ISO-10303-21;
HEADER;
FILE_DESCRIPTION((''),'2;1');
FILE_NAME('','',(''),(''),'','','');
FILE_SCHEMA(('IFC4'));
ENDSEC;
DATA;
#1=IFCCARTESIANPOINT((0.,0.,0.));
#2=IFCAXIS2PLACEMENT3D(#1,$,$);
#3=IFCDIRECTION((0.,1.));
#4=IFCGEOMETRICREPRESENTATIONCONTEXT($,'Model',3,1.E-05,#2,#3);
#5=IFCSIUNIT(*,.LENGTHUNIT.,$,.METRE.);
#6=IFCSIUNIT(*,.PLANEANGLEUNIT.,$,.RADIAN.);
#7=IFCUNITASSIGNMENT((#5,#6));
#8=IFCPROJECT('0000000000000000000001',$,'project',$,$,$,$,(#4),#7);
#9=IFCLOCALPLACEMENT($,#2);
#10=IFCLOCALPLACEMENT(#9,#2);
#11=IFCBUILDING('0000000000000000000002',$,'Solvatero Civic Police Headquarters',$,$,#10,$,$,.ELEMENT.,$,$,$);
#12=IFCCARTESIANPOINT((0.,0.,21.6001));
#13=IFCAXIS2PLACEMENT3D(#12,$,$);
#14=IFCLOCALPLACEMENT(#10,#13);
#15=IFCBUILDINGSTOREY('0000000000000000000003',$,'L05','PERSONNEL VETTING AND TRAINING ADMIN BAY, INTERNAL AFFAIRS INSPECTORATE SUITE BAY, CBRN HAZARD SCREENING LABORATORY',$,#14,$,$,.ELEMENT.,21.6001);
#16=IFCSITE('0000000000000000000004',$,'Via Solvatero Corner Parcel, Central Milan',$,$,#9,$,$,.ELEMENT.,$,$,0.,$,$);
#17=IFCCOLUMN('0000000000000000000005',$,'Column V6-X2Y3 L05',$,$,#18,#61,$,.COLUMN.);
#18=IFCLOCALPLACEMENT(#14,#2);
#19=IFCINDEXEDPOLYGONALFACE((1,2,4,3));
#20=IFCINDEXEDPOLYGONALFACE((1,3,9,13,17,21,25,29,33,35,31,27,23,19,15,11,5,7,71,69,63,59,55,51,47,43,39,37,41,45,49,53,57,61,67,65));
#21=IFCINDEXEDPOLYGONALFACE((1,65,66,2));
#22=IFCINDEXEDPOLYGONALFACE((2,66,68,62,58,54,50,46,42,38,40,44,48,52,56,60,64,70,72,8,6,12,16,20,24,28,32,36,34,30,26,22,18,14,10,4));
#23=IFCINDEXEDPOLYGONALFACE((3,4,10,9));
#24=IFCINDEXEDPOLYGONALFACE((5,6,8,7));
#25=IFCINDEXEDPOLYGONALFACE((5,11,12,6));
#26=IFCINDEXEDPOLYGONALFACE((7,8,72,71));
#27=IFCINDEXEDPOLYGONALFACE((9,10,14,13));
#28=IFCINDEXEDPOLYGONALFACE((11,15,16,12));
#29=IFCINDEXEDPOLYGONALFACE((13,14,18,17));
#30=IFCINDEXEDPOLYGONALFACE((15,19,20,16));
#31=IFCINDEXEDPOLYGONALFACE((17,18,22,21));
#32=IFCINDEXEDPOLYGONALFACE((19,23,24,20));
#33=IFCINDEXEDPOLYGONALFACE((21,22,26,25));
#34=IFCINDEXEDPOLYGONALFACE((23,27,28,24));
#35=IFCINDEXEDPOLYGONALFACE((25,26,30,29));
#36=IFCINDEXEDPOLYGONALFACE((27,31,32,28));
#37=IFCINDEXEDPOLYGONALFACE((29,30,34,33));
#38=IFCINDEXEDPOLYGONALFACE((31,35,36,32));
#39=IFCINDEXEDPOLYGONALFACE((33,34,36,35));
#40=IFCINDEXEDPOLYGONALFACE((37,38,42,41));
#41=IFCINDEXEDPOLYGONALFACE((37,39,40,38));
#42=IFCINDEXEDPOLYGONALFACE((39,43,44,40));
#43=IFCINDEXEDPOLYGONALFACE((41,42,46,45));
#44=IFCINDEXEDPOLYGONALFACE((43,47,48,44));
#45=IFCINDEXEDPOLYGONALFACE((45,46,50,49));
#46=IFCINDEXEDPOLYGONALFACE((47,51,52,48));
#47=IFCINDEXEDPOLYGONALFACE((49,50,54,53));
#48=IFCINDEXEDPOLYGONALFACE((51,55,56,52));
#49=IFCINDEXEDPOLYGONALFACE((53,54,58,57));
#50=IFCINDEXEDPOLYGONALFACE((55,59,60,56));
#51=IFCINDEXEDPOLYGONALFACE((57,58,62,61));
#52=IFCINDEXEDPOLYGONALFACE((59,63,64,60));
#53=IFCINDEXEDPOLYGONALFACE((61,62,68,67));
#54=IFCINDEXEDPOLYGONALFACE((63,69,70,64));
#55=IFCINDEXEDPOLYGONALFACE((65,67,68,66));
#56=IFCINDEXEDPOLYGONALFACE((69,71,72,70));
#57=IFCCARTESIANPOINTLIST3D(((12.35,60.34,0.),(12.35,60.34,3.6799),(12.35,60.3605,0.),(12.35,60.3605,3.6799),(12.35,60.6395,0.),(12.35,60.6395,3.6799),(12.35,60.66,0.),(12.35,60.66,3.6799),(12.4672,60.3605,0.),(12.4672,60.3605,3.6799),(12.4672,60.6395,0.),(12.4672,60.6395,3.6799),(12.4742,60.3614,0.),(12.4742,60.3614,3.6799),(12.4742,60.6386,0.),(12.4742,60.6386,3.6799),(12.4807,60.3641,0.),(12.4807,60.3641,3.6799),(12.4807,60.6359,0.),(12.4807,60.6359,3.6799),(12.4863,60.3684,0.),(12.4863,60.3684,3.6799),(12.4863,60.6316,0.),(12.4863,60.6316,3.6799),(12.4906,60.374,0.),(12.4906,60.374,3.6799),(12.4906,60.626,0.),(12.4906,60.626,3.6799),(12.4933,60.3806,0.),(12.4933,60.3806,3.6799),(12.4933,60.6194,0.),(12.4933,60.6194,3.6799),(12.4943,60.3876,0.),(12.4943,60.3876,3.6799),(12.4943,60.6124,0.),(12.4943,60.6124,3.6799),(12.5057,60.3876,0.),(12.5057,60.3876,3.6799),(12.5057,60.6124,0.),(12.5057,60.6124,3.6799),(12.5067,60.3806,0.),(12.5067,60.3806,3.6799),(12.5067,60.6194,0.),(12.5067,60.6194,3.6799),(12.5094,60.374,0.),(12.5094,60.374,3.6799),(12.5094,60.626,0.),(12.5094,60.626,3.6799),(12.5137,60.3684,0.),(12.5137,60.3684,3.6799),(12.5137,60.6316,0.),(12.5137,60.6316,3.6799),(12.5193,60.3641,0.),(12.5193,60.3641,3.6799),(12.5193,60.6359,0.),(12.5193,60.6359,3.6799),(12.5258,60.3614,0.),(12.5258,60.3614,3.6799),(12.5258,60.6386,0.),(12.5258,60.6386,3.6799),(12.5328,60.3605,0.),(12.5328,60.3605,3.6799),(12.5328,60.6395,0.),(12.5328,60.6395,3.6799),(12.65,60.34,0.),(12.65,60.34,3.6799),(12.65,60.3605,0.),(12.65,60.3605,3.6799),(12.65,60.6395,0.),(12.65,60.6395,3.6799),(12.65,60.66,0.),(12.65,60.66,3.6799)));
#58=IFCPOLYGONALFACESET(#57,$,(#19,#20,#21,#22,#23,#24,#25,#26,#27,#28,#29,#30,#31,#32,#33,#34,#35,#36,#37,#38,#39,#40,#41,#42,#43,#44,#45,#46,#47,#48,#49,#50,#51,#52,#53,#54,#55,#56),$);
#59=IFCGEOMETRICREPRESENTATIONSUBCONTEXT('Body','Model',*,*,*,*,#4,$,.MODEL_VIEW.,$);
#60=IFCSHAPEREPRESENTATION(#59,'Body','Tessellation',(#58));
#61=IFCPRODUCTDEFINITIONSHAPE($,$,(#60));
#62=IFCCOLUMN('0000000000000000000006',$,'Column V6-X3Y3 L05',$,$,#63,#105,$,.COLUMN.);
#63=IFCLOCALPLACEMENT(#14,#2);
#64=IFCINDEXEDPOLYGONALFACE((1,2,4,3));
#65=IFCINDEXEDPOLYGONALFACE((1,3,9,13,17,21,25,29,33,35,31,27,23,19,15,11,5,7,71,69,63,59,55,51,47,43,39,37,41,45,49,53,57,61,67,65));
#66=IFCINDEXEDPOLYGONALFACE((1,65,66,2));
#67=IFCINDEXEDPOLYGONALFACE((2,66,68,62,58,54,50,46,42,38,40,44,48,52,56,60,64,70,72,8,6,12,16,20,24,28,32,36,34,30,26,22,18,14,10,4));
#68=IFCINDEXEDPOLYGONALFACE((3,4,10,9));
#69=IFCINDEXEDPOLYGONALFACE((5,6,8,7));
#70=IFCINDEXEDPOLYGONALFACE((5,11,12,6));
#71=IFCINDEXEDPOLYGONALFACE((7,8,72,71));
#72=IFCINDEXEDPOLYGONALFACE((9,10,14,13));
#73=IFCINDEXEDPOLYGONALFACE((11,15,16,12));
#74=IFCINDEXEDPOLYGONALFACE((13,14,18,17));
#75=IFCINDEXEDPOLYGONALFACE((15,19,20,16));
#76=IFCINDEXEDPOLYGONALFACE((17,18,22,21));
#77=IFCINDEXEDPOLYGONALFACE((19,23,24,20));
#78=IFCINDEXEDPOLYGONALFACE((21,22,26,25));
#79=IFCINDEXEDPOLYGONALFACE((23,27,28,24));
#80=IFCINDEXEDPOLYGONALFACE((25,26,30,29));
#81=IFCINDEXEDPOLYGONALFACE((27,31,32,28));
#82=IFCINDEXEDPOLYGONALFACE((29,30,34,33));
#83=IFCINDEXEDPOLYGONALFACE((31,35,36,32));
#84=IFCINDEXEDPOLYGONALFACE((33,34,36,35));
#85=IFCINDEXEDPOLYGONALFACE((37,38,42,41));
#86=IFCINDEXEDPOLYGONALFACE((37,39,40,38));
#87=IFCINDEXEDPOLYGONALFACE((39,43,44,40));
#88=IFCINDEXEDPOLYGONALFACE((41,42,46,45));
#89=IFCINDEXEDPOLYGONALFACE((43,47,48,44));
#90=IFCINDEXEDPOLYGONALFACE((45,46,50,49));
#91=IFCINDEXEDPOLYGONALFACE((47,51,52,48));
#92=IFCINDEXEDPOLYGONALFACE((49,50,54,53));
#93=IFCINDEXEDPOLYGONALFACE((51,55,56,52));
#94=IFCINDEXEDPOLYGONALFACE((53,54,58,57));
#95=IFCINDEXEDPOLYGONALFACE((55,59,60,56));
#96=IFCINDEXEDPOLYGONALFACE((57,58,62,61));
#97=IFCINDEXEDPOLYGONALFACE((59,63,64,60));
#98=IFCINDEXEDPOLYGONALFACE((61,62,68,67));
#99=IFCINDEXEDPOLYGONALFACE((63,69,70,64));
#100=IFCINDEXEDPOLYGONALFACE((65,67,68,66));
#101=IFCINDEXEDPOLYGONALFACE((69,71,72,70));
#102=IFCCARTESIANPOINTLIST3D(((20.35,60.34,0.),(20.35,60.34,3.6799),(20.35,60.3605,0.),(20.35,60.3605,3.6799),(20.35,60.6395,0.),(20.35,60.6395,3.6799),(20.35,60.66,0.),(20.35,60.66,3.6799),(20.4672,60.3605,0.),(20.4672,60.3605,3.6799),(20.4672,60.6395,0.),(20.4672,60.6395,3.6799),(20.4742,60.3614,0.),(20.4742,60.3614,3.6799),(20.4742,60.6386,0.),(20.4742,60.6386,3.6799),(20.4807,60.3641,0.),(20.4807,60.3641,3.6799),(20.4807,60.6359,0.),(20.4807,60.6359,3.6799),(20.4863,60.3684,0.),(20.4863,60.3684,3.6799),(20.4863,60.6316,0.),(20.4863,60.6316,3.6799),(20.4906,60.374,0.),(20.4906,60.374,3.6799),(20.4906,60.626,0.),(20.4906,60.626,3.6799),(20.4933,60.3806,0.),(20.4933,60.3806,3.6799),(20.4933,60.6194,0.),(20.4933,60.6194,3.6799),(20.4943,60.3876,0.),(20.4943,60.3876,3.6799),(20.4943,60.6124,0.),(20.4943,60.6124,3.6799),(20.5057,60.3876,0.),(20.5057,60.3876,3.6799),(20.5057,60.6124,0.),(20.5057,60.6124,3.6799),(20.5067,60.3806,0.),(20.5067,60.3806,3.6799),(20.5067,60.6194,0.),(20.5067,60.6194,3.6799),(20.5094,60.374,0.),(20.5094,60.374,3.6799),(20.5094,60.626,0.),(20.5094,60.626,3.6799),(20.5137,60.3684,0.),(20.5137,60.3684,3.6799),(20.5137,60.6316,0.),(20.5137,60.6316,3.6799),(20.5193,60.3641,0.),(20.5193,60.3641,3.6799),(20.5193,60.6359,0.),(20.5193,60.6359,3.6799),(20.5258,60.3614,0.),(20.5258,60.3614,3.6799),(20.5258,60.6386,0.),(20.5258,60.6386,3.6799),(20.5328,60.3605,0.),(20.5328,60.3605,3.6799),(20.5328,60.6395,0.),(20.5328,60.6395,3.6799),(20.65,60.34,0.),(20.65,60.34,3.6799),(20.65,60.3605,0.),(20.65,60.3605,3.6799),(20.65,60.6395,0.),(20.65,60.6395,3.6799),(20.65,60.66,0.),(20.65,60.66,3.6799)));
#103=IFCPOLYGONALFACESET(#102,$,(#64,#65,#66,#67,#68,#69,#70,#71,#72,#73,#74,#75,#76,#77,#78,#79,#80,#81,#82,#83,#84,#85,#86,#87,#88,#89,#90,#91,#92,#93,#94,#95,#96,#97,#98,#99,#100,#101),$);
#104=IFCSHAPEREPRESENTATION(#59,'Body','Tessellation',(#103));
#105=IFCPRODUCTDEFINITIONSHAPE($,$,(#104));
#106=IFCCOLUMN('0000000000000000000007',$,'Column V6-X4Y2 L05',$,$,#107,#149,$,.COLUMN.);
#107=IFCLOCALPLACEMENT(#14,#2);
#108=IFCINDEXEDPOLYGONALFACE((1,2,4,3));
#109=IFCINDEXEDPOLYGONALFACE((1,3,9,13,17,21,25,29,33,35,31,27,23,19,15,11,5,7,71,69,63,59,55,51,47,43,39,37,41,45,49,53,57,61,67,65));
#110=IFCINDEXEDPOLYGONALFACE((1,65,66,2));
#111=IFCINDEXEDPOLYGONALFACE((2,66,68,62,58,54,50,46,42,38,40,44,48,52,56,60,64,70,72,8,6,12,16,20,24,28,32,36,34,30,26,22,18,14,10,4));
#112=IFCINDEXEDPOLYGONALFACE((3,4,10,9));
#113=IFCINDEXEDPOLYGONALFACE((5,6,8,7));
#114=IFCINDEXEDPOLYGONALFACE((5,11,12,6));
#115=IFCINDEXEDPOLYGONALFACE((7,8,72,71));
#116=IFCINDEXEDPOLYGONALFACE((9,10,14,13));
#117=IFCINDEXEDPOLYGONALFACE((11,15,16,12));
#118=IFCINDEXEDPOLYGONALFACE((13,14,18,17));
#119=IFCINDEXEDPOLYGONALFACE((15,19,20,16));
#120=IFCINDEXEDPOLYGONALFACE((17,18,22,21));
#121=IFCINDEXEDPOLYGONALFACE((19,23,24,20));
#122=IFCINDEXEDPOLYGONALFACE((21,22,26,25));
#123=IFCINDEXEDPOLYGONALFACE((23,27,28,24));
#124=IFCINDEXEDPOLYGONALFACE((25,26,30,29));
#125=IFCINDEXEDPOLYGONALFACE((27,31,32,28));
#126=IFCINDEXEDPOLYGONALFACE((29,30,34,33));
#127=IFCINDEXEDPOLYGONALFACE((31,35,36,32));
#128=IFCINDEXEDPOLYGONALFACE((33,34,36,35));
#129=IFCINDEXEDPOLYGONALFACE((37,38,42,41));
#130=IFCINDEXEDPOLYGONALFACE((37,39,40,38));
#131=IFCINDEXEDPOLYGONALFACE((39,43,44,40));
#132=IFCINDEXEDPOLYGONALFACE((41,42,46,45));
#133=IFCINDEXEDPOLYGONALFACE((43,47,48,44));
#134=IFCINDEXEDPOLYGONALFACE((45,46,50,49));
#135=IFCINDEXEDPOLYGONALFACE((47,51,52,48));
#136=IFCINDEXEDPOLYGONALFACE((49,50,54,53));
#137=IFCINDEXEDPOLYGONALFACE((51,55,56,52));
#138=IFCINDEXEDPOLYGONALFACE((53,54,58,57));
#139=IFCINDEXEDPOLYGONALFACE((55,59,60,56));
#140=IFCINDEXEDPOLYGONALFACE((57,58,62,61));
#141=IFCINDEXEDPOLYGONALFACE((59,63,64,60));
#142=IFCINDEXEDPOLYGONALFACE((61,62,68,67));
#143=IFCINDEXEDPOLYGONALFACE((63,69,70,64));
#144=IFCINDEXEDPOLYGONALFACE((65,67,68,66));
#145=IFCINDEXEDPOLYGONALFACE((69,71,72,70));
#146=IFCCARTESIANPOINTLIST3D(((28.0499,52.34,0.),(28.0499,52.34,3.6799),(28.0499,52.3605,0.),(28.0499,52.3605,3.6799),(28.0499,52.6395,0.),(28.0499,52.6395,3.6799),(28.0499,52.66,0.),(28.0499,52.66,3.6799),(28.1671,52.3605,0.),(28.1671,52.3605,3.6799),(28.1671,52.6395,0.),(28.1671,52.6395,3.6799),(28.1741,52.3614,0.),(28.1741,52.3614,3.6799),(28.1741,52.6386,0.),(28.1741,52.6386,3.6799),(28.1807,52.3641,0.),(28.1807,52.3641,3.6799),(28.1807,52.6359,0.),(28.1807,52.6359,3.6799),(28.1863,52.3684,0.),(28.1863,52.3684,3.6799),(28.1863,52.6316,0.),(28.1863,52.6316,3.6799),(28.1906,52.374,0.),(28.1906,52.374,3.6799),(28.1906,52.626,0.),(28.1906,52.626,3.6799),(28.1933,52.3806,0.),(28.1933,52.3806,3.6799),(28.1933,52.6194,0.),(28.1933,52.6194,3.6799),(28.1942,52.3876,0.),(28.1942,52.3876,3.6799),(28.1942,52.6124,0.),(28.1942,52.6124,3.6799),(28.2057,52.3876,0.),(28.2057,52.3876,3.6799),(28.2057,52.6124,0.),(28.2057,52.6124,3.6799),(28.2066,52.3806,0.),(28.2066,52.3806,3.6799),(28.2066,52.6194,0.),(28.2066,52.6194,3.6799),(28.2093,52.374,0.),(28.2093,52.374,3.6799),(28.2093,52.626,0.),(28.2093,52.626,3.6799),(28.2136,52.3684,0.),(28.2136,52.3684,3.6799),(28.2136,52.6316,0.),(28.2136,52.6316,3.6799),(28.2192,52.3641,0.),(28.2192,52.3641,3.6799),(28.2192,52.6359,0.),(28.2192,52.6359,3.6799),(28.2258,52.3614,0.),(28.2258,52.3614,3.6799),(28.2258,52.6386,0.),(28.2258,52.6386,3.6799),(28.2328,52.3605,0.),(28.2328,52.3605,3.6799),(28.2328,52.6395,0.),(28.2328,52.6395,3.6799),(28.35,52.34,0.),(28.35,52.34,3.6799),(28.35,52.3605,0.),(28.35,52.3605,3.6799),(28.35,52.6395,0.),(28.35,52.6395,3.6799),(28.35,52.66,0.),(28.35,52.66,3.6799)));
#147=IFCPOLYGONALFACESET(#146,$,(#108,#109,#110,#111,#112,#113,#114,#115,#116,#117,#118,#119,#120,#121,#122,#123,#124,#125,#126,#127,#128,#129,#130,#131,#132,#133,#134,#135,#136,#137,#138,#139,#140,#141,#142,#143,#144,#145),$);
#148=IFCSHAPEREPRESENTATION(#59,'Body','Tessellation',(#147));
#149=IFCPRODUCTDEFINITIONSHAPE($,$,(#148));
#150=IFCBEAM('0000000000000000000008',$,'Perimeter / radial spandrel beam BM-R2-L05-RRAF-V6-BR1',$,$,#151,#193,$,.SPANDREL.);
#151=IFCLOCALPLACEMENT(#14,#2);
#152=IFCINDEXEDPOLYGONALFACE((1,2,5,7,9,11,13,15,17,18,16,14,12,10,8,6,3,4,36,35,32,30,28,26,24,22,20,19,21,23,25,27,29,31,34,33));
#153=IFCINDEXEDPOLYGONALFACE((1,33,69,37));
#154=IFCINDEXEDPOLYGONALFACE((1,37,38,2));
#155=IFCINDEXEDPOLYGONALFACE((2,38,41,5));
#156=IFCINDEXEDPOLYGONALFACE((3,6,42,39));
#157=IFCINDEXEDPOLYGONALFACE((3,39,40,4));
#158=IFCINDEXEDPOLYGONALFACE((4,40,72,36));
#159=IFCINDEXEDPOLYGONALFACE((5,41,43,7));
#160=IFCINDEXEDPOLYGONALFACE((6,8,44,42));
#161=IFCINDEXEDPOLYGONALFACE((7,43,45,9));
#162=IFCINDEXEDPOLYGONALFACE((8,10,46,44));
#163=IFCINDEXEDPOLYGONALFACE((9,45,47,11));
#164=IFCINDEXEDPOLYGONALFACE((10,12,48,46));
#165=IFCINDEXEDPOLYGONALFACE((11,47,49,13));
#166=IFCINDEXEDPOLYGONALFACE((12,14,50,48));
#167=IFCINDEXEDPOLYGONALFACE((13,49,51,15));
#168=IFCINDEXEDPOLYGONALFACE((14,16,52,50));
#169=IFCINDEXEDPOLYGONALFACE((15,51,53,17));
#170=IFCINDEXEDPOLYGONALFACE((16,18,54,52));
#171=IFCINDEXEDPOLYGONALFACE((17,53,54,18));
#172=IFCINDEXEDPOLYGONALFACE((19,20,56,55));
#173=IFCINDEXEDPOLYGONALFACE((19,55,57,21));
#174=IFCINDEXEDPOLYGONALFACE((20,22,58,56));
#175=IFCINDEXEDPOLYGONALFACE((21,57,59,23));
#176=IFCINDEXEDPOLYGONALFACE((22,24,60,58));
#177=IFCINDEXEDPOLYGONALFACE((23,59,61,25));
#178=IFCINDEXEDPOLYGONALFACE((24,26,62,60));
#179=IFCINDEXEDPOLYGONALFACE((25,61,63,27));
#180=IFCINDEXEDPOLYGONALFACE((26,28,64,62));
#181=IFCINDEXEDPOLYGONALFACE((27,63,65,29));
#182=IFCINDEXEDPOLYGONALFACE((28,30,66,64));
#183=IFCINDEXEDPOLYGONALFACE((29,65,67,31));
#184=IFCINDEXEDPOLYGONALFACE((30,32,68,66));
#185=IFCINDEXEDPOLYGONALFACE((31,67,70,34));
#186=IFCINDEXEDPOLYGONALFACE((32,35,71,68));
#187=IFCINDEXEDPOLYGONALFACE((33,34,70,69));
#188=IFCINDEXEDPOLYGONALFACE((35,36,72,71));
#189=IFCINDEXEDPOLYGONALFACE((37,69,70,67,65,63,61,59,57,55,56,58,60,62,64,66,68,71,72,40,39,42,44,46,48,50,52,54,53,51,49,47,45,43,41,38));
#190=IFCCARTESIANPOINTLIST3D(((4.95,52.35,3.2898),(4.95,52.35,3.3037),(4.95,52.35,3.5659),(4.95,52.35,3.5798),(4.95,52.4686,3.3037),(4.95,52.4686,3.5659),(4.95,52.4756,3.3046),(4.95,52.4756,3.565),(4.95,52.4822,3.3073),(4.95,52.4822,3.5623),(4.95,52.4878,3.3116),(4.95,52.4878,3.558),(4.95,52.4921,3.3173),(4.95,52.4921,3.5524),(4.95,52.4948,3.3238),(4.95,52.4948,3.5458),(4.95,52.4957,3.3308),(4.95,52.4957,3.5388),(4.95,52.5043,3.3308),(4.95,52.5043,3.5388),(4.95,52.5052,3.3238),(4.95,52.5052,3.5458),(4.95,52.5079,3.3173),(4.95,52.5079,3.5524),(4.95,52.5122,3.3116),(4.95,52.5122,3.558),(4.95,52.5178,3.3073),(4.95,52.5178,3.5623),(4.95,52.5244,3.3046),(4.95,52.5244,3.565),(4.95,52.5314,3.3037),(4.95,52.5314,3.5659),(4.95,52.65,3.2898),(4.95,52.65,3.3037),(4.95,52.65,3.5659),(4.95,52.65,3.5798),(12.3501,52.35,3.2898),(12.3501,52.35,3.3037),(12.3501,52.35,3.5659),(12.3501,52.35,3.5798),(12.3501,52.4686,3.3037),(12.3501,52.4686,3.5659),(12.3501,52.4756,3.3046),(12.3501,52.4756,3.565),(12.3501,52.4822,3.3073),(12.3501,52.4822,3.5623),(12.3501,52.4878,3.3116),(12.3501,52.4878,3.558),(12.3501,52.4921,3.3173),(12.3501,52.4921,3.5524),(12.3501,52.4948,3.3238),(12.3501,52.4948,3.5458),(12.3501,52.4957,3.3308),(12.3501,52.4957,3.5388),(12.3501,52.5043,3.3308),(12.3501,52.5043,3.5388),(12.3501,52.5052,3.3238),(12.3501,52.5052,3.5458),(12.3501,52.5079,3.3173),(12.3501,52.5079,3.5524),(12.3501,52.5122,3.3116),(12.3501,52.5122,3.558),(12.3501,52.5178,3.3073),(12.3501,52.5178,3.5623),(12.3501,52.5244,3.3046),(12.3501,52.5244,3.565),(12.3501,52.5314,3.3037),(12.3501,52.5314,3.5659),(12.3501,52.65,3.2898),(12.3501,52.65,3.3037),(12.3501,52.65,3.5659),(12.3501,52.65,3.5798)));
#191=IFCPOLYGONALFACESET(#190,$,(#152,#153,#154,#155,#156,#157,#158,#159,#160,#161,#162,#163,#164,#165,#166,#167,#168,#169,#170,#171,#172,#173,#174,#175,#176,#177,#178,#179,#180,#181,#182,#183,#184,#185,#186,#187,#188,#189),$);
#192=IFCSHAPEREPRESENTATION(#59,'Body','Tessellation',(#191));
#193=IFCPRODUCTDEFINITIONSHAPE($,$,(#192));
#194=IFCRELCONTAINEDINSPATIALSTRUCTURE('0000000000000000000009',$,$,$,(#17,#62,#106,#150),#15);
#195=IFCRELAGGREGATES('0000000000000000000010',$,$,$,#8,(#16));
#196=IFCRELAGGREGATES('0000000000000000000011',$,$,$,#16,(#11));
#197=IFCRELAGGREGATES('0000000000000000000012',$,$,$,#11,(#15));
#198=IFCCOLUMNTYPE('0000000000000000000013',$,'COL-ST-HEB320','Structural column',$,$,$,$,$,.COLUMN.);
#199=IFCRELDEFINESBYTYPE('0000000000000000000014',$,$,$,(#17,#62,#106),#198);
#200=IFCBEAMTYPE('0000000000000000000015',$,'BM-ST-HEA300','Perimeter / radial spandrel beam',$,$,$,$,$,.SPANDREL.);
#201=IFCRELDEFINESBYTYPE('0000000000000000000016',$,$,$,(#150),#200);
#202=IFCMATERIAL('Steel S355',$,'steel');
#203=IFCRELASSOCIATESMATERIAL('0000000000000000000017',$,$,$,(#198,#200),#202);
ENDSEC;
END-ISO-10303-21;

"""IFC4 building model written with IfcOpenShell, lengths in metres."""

from ifc_helpers import new_model, si_unit, direction, frame, origin, origin_2d, place, context, subcontext, project, spatial, i_section, extrude, material, material_profile, profile_set, type_object, element, save


model = new_model("IFC4")

# Units and contexts
model_context = context("Model", 3, precision=1e-05, world=origin(), true_north=direction((0.0, 1.0)))
body_context = subcontext(model_context, "Body", "Model", "MODEL_VIEW")
ifc_project = project(units=[si_unit("LENGTHUNIT", "METRE"), si_unit("PLANEANGLEUNIT", "RADIAN")], contexts=[model_context])

# Site, building, storey
site_placement = place(None, origin())
site = spatial("IfcSite", under=ifc_project, at=site_placement, Name="Via Solvatero Corner Parcel, Central Milan", CompositionType="ELEMENT", RefElevation=0.0)
building_placement = place(site_placement, origin())
building = spatial("IfcBuilding", under=site, at=building_placement, Name="Solvatero Civic Police Headquarters", CompositionType="ELEMENT")
storey_placement = place(building_placement, frame((0.0, 0.0, 21.6001)))
storey = spatial("IfcBuildingStorey", under=building, at=storey_placement, Name="L05", Description="PERSONNEL VETTING AND TRAINING ADMIN BAY, INTERNAL AFFAIRS INSPECTORATE SUITE BAY, CBRN HAZARD SCREENING LABORATORY", CompositionType="ELEMENT", Elevation=21.6001)

# Columns
ifc_material_1 = material(Name="Steel S355", Category="steel")
ifc_material_profile_1 = material_profile(ifc_material_1, i_section(OverallWidth=0.3, OverallDepth=0.3201, WebThickness=0.0115, FlangeThickness=0.0205, FilletRadius=0.0271, at=origin_2d()), Name="HEB 320")
ifc_profile_set_1 = profile_set([ifc_material_profile_1], Name="Steel S355")
column_type_1 = type_object("IfcColumnType", Name="COL-ST-HEB320", Description="Structural column", PredefinedType="COLUMN", material=ifc_profile_set_1)
for number, where, z_axis, x_axis, name in (
    (1, (12.5, 60.5, 0.0), (0.0, 0.0, 1.0), (1.0, 0.0, 0.0), "Column V6-X2Y3 L05"),
    (2, (20.5, 60.5, 0.0), (0.0, 0.0, 1.0), (1.0, 0.0, 0.0), "Column V6-X3Y3 L05"),
    (3, (28.2, 52.5, 0.0), (0.0, 0.0, 1.0), (1.0, 0.0, 0.0), "Column V6-X4Y2 L05"),
):
    element("IfcColumn", number, at=place(storey_placement, frame(where, z_axis=z_axis, x_axis=x_axis)), inside=storey, type_object=column_type_1, Name=name, PredefinedType="COLUMN", context=body_context, shape_type="SweptSolid", body=[
        extrude(i_section(OverallWidth=0.3, OverallDepth=0.3201, WebThickness=0.0115, FlangeThickness=0.0205, FilletRadius=0.0271, at=origin_2d()), origin(), (0.0, 0.0, 1.0), 3.6799),
    ])

# Beam
ifc_material_profile_2 = material_profile(ifc_material_1, i_section(OverallWidth=0.3, OverallDepth=0.29, WebThickness=0.0085, FlangeThickness=0.0139, FilletRadius=0.0271, at=origin_2d()), Name="HEA 300")
ifc_profile_set_2 = profile_set([ifc_material_profile_2], Name="Steel S355")
beam_type = type_object("IfcBeamType", Name="BM-ST-HEA300", Description="Perimeter / radial spandrel beam", PredefinedType="SPANDREL", material=ifc_profile_set_2)
beam_placement = place(storey_placement, frame((4.95, 52.5, 3.4348), z_axis=(1.0, 0.0, 0.0), x_axis=(0.0, 1.0, 0.0)))
element("IfcBeam", 4, at=beam_placement, inside=storey, type_object=beam_type, Name="Perimeter / radial spandrel beam BM-R2-L05-RRAF-V6-BR1", PredefinedType="SPANDREL", context=body_context, shape_type="SweptSolid", body=[
    extrude(i_section(OverallWidth=0.3, OverallDepth=0.29, WebThickness=0.0085, FlangeThickness=0.0139, FilletRadius=0.0271, at=origin_2d()), origin(), (0.0, 0.0, 1.0), 7.4001),
])

save(model, "model.ifc")
